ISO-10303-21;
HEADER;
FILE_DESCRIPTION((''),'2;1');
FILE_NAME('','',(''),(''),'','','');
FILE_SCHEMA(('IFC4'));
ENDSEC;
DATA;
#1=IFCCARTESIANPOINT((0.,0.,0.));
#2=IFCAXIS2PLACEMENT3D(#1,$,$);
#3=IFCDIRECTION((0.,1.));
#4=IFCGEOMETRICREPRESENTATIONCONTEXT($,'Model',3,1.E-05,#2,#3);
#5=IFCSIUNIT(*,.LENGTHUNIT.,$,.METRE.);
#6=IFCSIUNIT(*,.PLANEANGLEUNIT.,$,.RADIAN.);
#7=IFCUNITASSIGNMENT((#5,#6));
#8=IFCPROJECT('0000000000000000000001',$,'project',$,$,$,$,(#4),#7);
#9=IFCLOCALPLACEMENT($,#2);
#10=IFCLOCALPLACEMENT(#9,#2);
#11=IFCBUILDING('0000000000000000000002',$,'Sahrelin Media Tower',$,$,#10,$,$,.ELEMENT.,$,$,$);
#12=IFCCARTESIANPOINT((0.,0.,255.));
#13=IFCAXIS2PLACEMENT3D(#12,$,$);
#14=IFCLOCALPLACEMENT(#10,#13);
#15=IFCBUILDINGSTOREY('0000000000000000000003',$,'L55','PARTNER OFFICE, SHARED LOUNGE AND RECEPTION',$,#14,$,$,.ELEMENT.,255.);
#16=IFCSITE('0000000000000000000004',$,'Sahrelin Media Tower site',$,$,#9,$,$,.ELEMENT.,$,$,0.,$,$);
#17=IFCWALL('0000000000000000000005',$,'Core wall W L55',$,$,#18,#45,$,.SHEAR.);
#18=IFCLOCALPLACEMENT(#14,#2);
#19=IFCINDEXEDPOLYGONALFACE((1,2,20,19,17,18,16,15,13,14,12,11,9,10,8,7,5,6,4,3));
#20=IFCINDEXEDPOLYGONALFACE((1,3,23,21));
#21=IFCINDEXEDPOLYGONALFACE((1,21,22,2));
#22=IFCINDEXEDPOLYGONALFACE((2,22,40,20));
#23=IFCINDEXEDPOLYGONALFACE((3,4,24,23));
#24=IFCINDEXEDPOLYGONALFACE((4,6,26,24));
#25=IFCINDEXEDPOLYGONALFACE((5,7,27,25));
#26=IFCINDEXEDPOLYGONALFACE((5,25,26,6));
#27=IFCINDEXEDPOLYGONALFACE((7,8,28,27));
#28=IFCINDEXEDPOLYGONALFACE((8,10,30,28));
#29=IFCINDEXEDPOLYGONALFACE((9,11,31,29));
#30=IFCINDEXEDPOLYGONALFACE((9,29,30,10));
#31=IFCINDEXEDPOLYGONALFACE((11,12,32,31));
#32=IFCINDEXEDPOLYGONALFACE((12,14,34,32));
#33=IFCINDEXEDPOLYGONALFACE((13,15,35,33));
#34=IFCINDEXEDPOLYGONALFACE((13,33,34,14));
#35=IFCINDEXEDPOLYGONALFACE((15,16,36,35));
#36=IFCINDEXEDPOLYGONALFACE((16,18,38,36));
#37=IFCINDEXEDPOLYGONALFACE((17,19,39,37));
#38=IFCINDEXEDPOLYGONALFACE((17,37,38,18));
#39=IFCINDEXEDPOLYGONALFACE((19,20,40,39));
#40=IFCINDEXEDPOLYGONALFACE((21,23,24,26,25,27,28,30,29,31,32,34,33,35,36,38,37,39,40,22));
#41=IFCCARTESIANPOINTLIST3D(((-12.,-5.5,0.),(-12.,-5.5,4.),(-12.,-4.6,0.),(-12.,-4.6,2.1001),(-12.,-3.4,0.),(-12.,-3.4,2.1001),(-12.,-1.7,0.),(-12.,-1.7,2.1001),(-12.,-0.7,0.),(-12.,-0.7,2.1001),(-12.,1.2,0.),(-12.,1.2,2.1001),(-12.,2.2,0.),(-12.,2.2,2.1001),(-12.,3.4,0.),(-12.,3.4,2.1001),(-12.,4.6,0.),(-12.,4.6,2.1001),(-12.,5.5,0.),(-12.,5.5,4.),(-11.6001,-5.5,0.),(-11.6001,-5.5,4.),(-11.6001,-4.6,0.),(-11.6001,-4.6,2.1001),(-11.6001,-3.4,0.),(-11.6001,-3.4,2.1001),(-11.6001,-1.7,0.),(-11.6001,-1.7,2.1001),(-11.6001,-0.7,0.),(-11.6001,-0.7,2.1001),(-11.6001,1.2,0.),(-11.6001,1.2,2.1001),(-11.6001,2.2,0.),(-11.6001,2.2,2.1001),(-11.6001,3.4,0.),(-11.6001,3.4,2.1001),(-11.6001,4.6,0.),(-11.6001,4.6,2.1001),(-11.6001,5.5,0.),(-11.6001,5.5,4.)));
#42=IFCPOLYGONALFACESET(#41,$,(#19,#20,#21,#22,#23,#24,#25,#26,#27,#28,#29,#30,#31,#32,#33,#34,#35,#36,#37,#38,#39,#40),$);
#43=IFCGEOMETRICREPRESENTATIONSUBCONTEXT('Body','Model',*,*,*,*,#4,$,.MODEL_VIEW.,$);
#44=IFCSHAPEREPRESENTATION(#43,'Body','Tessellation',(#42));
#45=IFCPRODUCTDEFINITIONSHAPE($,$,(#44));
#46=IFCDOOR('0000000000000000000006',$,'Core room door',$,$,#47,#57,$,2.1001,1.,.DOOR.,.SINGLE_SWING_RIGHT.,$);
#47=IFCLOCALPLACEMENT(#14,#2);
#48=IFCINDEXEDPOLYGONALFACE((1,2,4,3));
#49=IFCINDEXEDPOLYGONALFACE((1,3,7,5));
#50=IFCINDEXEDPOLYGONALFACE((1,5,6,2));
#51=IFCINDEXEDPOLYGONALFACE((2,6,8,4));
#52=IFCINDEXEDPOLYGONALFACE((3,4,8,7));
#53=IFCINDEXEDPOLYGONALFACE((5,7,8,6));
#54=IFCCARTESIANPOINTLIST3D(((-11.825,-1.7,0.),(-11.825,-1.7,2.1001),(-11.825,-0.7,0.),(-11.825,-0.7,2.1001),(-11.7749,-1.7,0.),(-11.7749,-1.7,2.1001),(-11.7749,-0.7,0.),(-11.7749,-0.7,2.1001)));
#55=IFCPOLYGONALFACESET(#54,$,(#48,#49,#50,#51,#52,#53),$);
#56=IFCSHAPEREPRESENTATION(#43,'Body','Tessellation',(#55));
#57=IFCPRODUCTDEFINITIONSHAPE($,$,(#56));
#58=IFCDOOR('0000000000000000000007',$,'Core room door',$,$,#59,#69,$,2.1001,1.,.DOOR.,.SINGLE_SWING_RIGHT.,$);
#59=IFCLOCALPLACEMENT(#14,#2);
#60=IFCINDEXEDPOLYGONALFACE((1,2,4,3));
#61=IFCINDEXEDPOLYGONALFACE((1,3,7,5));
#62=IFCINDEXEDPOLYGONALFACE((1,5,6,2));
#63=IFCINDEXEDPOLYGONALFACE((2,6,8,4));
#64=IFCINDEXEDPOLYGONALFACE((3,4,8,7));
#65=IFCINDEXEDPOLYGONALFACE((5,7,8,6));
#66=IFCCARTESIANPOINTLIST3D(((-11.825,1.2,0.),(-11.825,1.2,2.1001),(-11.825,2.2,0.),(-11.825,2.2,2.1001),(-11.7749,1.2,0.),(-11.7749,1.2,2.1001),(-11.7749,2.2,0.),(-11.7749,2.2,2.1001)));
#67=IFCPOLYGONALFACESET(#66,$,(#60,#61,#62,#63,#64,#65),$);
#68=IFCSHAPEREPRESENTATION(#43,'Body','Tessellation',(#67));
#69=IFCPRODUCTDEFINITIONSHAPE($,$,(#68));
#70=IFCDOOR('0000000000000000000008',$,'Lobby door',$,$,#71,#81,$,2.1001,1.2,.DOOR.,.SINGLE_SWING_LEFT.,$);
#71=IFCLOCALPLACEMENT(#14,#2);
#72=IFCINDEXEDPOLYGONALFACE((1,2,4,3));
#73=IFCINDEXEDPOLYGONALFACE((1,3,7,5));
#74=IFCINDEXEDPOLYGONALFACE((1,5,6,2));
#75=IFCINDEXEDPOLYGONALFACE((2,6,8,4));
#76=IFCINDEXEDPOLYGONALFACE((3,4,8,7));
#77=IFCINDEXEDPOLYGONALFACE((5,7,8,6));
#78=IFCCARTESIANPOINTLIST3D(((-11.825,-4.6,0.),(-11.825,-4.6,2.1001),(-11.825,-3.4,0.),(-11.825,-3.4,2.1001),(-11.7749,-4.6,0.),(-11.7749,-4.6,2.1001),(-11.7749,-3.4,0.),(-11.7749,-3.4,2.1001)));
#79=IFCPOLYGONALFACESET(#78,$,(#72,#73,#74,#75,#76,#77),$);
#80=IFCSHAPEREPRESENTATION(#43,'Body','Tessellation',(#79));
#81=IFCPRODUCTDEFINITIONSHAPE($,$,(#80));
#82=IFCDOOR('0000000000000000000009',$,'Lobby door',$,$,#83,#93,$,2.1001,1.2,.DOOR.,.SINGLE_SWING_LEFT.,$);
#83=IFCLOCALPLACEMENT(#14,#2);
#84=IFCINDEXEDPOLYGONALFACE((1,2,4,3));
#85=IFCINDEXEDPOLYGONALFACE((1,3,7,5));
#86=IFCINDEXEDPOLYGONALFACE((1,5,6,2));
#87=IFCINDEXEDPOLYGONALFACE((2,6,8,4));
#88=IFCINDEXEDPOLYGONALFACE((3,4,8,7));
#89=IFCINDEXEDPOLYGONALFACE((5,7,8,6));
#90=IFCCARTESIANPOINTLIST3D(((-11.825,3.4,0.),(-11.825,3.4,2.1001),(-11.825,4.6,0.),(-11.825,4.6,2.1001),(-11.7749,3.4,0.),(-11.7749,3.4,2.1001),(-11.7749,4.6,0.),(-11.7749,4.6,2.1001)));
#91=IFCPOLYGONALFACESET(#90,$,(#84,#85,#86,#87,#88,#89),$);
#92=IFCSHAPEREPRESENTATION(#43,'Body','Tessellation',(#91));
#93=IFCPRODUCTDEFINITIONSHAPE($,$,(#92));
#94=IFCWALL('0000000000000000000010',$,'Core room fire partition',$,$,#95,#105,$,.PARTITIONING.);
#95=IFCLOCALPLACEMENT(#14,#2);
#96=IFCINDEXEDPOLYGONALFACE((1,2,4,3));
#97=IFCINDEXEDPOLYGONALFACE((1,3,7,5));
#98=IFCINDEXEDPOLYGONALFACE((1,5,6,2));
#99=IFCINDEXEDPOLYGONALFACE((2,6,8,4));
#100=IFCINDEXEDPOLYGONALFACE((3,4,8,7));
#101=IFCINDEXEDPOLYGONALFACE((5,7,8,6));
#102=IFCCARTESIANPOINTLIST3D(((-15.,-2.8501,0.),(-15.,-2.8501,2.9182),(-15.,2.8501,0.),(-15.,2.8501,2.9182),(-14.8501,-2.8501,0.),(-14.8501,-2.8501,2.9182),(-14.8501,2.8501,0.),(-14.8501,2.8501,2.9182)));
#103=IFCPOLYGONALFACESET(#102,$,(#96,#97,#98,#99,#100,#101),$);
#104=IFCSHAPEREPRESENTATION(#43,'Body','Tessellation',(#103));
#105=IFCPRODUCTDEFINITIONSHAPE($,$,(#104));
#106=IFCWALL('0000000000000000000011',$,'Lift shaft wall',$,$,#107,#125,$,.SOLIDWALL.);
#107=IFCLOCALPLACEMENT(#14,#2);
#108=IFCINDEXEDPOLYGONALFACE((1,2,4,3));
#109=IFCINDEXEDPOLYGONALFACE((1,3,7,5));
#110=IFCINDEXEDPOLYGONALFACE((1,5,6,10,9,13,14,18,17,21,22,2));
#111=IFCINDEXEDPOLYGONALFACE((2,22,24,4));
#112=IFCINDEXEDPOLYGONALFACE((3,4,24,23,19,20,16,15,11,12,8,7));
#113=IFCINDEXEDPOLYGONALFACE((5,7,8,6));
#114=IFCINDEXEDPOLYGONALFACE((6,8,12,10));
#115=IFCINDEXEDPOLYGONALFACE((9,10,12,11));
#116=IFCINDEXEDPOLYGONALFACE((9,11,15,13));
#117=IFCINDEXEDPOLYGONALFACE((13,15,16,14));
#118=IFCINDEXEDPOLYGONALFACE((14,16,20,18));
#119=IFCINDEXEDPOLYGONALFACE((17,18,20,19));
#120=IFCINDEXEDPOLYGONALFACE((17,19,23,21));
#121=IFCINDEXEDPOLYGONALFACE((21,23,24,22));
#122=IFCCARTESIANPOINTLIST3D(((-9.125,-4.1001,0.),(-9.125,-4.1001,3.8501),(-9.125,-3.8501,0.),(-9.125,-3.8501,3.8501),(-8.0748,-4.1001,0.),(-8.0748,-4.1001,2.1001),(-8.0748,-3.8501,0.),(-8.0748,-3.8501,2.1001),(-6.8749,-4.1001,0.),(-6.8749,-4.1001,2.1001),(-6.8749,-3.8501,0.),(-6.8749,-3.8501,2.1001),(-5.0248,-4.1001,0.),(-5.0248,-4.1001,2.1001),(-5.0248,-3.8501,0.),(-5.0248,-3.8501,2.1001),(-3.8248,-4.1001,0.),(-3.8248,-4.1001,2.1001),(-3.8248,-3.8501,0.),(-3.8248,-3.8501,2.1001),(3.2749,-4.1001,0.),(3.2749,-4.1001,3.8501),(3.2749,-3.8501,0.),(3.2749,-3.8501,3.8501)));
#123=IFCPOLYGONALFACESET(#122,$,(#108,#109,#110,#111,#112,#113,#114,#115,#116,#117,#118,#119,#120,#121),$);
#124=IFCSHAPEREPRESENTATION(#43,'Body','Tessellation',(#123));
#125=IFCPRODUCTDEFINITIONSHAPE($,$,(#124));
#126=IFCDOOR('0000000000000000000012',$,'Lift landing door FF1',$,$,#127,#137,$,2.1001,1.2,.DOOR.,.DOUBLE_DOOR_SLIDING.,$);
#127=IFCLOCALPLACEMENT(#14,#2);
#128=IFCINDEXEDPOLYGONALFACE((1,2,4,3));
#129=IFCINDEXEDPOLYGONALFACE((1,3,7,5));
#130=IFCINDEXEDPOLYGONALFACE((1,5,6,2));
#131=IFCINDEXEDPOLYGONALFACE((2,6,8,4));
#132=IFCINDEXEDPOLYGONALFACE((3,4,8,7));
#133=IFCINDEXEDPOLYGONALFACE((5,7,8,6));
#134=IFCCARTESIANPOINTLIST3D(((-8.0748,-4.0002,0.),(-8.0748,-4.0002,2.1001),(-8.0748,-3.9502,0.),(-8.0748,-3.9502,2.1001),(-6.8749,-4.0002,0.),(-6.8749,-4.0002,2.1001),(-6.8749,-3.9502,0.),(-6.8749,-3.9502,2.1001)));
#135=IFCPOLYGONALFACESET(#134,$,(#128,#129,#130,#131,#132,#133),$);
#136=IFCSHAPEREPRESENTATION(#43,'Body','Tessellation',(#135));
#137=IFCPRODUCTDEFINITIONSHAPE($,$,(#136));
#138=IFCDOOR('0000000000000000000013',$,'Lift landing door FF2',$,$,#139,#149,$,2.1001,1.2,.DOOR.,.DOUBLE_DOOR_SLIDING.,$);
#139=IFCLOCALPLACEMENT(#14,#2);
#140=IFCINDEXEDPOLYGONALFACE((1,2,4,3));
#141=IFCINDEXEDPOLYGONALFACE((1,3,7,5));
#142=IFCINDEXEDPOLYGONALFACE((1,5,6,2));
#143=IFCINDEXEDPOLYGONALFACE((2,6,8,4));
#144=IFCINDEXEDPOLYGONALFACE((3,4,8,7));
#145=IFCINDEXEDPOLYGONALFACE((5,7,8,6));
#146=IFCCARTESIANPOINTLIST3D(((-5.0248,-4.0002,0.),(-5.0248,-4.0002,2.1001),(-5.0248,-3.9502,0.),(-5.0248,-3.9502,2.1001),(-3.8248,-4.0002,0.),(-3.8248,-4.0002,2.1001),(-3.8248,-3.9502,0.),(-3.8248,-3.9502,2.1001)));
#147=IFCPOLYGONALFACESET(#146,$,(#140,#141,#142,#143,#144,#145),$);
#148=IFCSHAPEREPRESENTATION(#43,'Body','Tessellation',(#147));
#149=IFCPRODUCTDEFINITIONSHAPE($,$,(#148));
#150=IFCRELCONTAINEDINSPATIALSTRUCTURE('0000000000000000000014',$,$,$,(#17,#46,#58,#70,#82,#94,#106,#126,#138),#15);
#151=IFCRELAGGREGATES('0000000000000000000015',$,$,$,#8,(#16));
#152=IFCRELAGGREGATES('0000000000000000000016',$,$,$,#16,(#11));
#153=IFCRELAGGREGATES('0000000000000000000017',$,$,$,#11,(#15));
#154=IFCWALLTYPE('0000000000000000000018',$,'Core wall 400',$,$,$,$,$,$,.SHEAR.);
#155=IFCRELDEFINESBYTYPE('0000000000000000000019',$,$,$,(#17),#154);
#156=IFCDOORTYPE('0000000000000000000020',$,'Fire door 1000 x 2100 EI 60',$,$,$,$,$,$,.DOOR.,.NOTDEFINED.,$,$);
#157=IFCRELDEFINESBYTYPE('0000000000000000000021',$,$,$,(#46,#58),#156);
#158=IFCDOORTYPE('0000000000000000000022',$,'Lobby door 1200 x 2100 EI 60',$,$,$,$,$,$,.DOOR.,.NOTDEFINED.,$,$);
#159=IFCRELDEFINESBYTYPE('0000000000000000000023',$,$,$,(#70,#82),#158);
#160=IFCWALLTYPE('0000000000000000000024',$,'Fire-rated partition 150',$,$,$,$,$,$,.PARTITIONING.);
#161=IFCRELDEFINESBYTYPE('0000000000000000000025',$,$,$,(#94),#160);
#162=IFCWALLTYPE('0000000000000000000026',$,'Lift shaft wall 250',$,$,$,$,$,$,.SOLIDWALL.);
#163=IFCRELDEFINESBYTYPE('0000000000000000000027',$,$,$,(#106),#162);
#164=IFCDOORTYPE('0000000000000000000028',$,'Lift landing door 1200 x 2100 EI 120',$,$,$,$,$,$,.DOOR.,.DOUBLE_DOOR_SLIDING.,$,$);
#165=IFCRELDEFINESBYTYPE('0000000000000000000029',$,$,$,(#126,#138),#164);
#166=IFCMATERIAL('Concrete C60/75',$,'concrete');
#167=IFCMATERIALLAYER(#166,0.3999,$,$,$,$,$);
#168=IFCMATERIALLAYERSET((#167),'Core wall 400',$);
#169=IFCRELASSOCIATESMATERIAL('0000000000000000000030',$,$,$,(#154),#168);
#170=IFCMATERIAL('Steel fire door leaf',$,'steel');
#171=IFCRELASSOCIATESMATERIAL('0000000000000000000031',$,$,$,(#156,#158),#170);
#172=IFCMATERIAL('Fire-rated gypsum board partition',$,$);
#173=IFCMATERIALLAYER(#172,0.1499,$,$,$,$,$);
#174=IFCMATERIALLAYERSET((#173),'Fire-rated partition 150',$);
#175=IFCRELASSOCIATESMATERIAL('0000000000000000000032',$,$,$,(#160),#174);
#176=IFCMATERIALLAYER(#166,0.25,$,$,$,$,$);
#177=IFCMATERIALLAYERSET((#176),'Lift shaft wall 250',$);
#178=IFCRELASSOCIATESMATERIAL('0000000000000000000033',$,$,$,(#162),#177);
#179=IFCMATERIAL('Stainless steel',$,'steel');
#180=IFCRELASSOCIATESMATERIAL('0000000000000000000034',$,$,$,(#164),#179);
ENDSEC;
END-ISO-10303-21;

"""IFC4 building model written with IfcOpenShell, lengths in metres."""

from ifc_helpers import new_model, si_unit, direction, frame, frame_2d, origin, place, context, subcontext, project, spatial, rectangle, extrude, material, layer, layer_set, type_object, element, fill, save


model = new_model("IFC4")

# Units and contexts
model_context = context("Model", 3, precision=1e-05, world=origin(), true_north=direction((0.0, 1.0)))
body_context = subcontext(model_context, "Body", "Model", "MODEL_VIEW")
ifc_project = project(units=[si_unit("LENGTHUNIT", "METRE"), si_unit("PLANEANGLEUNIT", "RADIAN")], contexts=[model_context])

# Site, building, storey
site_placement = place(None, origin())
site = spatial("IfcSite", under=ifc_project, at=site_placement, Name="Sahrelin Media Tower site", CompositionType="ELEMENT", RefElevation=0.0)
building_placement = place(site_placement, origin())
building = spatial("IfcBuilding", under=site, at=building_placement, Name="Sahrelin Media Tower", CompositionType="ELEMENT")
storey_placement = place(building_placement, frame((0.0, 0.0, 255.0)))
storey = spatial("IfcBuildingStorey", under=building, at=storey_placement, Name="L55", Description="PARTNER OFFICE, SHARED LOUNGE AND RECEPTION", CompositionType="ELEMENT", Elevation=255.0)

# Shared definitions
ifc_material_1 = material(Name="Concrete C60/75", Category="concrete")
ifc_layer_1 = layer(ifc_material_1, 0.3999)
ifc_layer_set_1 = layer_set([ifc_layer_1], Name="Core wall 400")
wall_type_1 = type_object("IfcWallType", Name="Core wall 400", PredefinedType="SHEAR", material=ifc_layer_set_1)

# Wall, openings, doors
wall_1_placement = place(storey_placement, frame((-11.8, -5.5, 0.0), z_axis=(0.0, 0.0, 1.0), x_axis=(0.0, 1.0, 0.0)))
wall_1 = element("IfcWall", 1, at=wall_1_placement, inside=storey, type_object=wall_type_1, Name="Core wall W L55", PredefinedType="SHEAR", context=body_context, shape_type="SweptSolid", body=[
    extrude(rectangle(XDim=11.0, YDim=0.3999, at=frame_2d((5.5, 0.0))), origin(), (0.0, 0.0, 1.0), 4.0),
])
opening_1_placement = place(wall_1_placement, frame((3.8, 0.0, 0.0)))
opening_1 = element("IfcOpeningElement", 2, at=opening_1_placement, cuts=wall_1, PredefinedType="OPENING", context=body_context, shape_type="SweptSolid", body=[
    extrude(rectangle(XDim=1.0, YDim=2.1001, at=frame_2d((0.5, 1.05))), frame((0.0, 0.2, 0.0), z_axis=(0.0, -1.0, 0.0), x_axis=(1.0, 0.0, 0.0)), (0.0, 0.0, 1.0), 0.3999),
])
opening_2_placement = place(wall_1_placement, frame((6.7, 0.0, 0.0)))
opening_2 = element("IfcOpeningElement", 3, at=opening_2_placement, cuts=wall_1, PredefinedType="OPENING", context=body_context, shape_type="SweptSolid", body=[
    extrude(rectangle(XDim=1.0, YDim=2.1001, at=frame_2d((0.5, 1.05))), frame((0.0, 0.2, 0.0), z_axis=(0.0, -1.0, 0.0), x_axis=(1.0, 0.0, 0.0)), (0.0, 0.0, 1.0), 0.3999),
])
opening_3_placement = place(wall_1_placement, frame((0.8999, 0.0, 0.0)))
opening_3 = element("IfcOpeningElement", 4, at=opening_3_placement, cuts=wall_1, PredefinedType="OPENING", context=body_context, shape_type="SweptSolid", body=[
    extrude(rectangle(XDim=1.2, YDim=2.1001, at=frame_2d((0.6001, 1.05))), frame((0.0, 0.2, 0.0), z_axis=(0.0, -1.0, 0.0), x_axis=(1.0, 0.0, 0.0)), (0.0, 0.0, 1.0), 0.3999),
])
opening_4_placement = place(wall_1_placement, frame((8.8999, 0.0, 0.0)))
opening_4 = element("IfcOpeningElement", 5, at=opening_4_placement, cuts=wall_1, PredefinedType="OPENING", context=body_context, shape_type="SweptSolid", body=[
    extrude(rectangle(XDim=1.2, YDim=2.1001, at=frame_2d((0.6001, 1.05))), frame((0.0, 0.2, 0.0), z_axis=(0.0, -1.0, 0.0), x_axis=(1.0, 0.0, 0.0)), (0.0, 0.0, 1.0), 0.3999),
])
ifc_material_2 = material(Name="Steel fire door leaf", Category="steel")
door_type_1 = type_object("IfcDoorType", Name="Fire door 1000 x 2100 EI 60", OperationType="NOTDEFINED", PredefinedType="DOOR", material=ifc_material_2)
door_1_placement = place(opening_1_placement, origin())
door_1 = element("IfcDoor", 6, at=door_1_placement, inside=storey, type_object=door_type_1, Name="Core room door", OperationType="SINGLE_SWING_RIGHT", OverallHeight=2.1001, OverallWidth=1.0, PredefinedType="DOOR", context=body_context, shape_type="SweptSolid", body=[
    extrude(rectangle(XDim=1.0, YDim=2.1001, at=frame_2d((0.5, 1.05))), frame((0.0, 0.0249, 0.0), z_axis=(0.0, -1.0, 0.0), x_axis=(1.0, 0.0, 0.0)), (0.0, 0.0, 1.0), 0.05),
])
fill(opening_1, door_1)
door_2_placement = place(opening_2_placement, origin())
door_2 = element("IfcDoor", 7, at=door_2_placement, inside=storey, type_object=door_type_1, Name="Core room door", OperationType="SINGLE_SWING_RIGHT", OverallHeight=2.1001, OverallWidth=1.0, PredefinedType="DOOR", context=body_context, shape_type="SweptSolid", body=[
    extrude(rectangle(XDim=1.0, YDim=2.1001, at=frame_2d((0.5, 1.05))), frame((0.0, 0.0249, 0.0), z_axis=(0.0, -1.0, 0.0), x_axis=(1.0, 0.0, 0.0)), (0.0, 0.0, 1.0), 0.05),
])
fill(opening_2, door_2)
door_type_2 = type_object("IfcDoorType", Name="Lobby door 1200 x 2100 EI 60", OperationType="NOTDEFINED", PredefinedType="DOOR", material=ifc_material_2)
door_3_placement = place(opening_3_placement, origin())
door_3 = element("IfcDoor", 8, at=door_3_placement, inside=storey, type_object=door_type_2, Name="Lobby door", OperationType="SINGLE_SWING_LEFT", OverallHeight=2.1001, OverallWidth=1.2, PredefinedType="DOOR", context=body_context, shape_type="SweptSolid", body=[
    extrude(rectangle(XDim=1.2, YDim=2.1001, at=frame_2d((0.6001, 1.05))), frame((0.0, 0.0249, 0.0), z_axis=(0.0, -1.0, 0.0), x_axis=(1.0, 0.0, 0.0)), (0.0, 0.0, 1.0), 0.05),
])
fill(opening_3, door_3)
door_4_placement = place(opening_4_placement, origin())
door_4 = element("IfcDoor", 9, at=door_4_placement, inside=storey, type_object=door_type_2, Name="Lobby door", OperationType="SINGLE_SWING_LEFT", OverallHeight=2.1001, OverallWidth=1.2, PredefinedType="DOOR", context=body_context, shape_type="SweptSolid", body=[
    extrude(rectangle(XDim=1.2, YDim=2.1001, at=frame_2d((0.6001, 1.05))), frame((0.0, 0.0249, 0.0), z_axis=(0.0, -1.0, 0.0), x_axis=(1.0, 0.0, 0.0)), (0.0, 0.0, 1.0), 0.05),
])
fill(opening_4, door_4)

# Wall
ifc_material_3 = material(Name="Fire-rated gypsum board partition")
ifc_layer_2 = layer(ifc_material_3, 0.1499)
ifc_layer_set_2 = layer_set([ifc_layer_2], Name="Fire-rated partition 150")
wall_type_2 = type_object("IfcWallType", Name="Fire-rated partition 150", PredefinedType="PARTITIONING", material=ifc_layer_set_2)
wall_2_placement = place(storey_placement, frame((-14.925, -2.8501, 0.0), z_axis=(0.0, 0.0, 1.0), x_axis=(0.0, 1.0, 0.0)))
element("IfcWall", 10, at=wall_2_placement, inside=storey, type_object=wall_type_2, Name="Core room fire partition", PredefinedType="PARTITIONING", context=body_context, shape_type="SweptSolid", body=[
    extrude(rectangle(XDim=5.7002, YDim=0.1499, at=frame_2d((2.8501, 0.0))), origin(), (0.0, 0.0, 1.0), 2.9182),
])

# Wall, openings, doors
ifc_layer_3 = layer(ifc_material_1, 0.25)
ifc_layer_set_3 = layer_set([ifc_layer_3], Name="Lift shaft wall 250")
wall_type_3 = type_object("IfcWallType", Name="Lift shaft wall 250", PredefinedType="SOLIDWALL", material=ifc_layer_set_3)
wall_3_placement = place(storey_placement, frame((-9.125, -3.9751, 0.0), z_axis=(0.0, 0.0, 1.0), x_axis=(1.0, 0.0, 0.0)))
wall_3 = element("IfcWall", 11, at=wall_3_placement, inside=storey, type_object=wall_type_3, Name="Lift shaft wall", PredefinedType="SOLIDWALL", context=body_context, shape_type="SweptSolid", body=[
    extrude(rectangle(XDim=12.3999, YDim=0.25, at=frame_2d((6.2, 0.0))), origin(), (0.0, 0.0, 1.0), 3.8501),
])
opening_5_placement = place(wall_3_placement, frame((1.05, 0.0, 0.0)))
opening_5 = element("IfcOpeningElement", 12, at=opening_5_placement, cuts=wall_3, PredefinedType="OPENING", context=body_context, shape_type="SweptSolid", body=[
    extrude(rectangle(XDim=1.2, YDim=2.1001, at=frame_2d((0.6001, 1.05))), frame((0.0, 0.125, 0.0), z_axis=(0.0, -1.0, 0.0), x_axis=(1.0, 0.0, 0.0)), (0.0, 0.0, 1.0), 0.25),
])
opening_6_placement = place(wall_3_placement, frame((4.1001, 0.0, 0.0)))
opening_6 = element("IfcOpeningElement", 13, at=opening_6_placement, cuts=wall_3, PredefinedType="OPENING", context=body_context, shape_type="SweptSolid", body=[
    extrude(rectangle(XDim=1.2, YDim=2.1001, at=frame_2d((0.6001, 1.05))), frame((0.0, 0.125, 0.0), z_axis=(0.0, -1.0, 0.0), x_axis=(1.0, 0.0, 0.0)), (0.0, 0.0, 1.0), 0.25),
])
ifc_material_4 = material(Name="Stainless steel", Category="steel")
door_type_3 = type_object("IfcDoorType", Name="Lift landing door 1200 x 2100 EI 120", OperationType="DOUBLE_DOOR_SLIDING", PredefinedType="DOOR", material=ifc_material_4)
door_5_placement = place(opening_5_placement, origin())
door_5 = element("IfcDoor", 14, at=door_5_placement, inside=storey, type_object=door_type_3, Name="Lift landing door FF1", OperationType="DOUBLE_DOOR_SLIDING", OverallHeight=2.1001, OverallWidth=1.2, PredefinedType="DOOR", context=body_context, shape_type="SweptSolid", body=[
    extrude(rectangle(XDim=1.2, YDim=2.1001, at=frame_2d((0.6001, 1.05))), frame((0.0, 0.0249, 0.0), z_axis=(0.0, -1.0, 0.0), x_axis=(1.0, 0.0, 0.0)), (0.0, 0.0, 1.0), 0.05),
])
fill(opening_5, door_5)
door_6_placement = place(opening_6_placement, origin())
door_6 = element("IfcDoor", 15, at=door_6_placement, inside=storey, type_object=door_type_3, Name="Lift landing door FF2", OperationType="DOUBLE_DOOR_SLIDING", OverallHeight=2.1001, OverallWidth=1.2, PredefinedType="DOOR", context=body_context, shape_type="SweptSolid", body=[
    extrude(rectangle(XDim=1.2, YDim=2.1001, at=frame_2d((0.6001, 1.05))), frame((0.0, 0.0249, 0.0), z_axis=(0.0, -1.0, 0.0), x_axis=(1.0, 0.0, 0.0)), (0.0, 0.0, 1.0), 0.05),
])
fill(opening_6, door_6)

save(model, "model.ifc")
